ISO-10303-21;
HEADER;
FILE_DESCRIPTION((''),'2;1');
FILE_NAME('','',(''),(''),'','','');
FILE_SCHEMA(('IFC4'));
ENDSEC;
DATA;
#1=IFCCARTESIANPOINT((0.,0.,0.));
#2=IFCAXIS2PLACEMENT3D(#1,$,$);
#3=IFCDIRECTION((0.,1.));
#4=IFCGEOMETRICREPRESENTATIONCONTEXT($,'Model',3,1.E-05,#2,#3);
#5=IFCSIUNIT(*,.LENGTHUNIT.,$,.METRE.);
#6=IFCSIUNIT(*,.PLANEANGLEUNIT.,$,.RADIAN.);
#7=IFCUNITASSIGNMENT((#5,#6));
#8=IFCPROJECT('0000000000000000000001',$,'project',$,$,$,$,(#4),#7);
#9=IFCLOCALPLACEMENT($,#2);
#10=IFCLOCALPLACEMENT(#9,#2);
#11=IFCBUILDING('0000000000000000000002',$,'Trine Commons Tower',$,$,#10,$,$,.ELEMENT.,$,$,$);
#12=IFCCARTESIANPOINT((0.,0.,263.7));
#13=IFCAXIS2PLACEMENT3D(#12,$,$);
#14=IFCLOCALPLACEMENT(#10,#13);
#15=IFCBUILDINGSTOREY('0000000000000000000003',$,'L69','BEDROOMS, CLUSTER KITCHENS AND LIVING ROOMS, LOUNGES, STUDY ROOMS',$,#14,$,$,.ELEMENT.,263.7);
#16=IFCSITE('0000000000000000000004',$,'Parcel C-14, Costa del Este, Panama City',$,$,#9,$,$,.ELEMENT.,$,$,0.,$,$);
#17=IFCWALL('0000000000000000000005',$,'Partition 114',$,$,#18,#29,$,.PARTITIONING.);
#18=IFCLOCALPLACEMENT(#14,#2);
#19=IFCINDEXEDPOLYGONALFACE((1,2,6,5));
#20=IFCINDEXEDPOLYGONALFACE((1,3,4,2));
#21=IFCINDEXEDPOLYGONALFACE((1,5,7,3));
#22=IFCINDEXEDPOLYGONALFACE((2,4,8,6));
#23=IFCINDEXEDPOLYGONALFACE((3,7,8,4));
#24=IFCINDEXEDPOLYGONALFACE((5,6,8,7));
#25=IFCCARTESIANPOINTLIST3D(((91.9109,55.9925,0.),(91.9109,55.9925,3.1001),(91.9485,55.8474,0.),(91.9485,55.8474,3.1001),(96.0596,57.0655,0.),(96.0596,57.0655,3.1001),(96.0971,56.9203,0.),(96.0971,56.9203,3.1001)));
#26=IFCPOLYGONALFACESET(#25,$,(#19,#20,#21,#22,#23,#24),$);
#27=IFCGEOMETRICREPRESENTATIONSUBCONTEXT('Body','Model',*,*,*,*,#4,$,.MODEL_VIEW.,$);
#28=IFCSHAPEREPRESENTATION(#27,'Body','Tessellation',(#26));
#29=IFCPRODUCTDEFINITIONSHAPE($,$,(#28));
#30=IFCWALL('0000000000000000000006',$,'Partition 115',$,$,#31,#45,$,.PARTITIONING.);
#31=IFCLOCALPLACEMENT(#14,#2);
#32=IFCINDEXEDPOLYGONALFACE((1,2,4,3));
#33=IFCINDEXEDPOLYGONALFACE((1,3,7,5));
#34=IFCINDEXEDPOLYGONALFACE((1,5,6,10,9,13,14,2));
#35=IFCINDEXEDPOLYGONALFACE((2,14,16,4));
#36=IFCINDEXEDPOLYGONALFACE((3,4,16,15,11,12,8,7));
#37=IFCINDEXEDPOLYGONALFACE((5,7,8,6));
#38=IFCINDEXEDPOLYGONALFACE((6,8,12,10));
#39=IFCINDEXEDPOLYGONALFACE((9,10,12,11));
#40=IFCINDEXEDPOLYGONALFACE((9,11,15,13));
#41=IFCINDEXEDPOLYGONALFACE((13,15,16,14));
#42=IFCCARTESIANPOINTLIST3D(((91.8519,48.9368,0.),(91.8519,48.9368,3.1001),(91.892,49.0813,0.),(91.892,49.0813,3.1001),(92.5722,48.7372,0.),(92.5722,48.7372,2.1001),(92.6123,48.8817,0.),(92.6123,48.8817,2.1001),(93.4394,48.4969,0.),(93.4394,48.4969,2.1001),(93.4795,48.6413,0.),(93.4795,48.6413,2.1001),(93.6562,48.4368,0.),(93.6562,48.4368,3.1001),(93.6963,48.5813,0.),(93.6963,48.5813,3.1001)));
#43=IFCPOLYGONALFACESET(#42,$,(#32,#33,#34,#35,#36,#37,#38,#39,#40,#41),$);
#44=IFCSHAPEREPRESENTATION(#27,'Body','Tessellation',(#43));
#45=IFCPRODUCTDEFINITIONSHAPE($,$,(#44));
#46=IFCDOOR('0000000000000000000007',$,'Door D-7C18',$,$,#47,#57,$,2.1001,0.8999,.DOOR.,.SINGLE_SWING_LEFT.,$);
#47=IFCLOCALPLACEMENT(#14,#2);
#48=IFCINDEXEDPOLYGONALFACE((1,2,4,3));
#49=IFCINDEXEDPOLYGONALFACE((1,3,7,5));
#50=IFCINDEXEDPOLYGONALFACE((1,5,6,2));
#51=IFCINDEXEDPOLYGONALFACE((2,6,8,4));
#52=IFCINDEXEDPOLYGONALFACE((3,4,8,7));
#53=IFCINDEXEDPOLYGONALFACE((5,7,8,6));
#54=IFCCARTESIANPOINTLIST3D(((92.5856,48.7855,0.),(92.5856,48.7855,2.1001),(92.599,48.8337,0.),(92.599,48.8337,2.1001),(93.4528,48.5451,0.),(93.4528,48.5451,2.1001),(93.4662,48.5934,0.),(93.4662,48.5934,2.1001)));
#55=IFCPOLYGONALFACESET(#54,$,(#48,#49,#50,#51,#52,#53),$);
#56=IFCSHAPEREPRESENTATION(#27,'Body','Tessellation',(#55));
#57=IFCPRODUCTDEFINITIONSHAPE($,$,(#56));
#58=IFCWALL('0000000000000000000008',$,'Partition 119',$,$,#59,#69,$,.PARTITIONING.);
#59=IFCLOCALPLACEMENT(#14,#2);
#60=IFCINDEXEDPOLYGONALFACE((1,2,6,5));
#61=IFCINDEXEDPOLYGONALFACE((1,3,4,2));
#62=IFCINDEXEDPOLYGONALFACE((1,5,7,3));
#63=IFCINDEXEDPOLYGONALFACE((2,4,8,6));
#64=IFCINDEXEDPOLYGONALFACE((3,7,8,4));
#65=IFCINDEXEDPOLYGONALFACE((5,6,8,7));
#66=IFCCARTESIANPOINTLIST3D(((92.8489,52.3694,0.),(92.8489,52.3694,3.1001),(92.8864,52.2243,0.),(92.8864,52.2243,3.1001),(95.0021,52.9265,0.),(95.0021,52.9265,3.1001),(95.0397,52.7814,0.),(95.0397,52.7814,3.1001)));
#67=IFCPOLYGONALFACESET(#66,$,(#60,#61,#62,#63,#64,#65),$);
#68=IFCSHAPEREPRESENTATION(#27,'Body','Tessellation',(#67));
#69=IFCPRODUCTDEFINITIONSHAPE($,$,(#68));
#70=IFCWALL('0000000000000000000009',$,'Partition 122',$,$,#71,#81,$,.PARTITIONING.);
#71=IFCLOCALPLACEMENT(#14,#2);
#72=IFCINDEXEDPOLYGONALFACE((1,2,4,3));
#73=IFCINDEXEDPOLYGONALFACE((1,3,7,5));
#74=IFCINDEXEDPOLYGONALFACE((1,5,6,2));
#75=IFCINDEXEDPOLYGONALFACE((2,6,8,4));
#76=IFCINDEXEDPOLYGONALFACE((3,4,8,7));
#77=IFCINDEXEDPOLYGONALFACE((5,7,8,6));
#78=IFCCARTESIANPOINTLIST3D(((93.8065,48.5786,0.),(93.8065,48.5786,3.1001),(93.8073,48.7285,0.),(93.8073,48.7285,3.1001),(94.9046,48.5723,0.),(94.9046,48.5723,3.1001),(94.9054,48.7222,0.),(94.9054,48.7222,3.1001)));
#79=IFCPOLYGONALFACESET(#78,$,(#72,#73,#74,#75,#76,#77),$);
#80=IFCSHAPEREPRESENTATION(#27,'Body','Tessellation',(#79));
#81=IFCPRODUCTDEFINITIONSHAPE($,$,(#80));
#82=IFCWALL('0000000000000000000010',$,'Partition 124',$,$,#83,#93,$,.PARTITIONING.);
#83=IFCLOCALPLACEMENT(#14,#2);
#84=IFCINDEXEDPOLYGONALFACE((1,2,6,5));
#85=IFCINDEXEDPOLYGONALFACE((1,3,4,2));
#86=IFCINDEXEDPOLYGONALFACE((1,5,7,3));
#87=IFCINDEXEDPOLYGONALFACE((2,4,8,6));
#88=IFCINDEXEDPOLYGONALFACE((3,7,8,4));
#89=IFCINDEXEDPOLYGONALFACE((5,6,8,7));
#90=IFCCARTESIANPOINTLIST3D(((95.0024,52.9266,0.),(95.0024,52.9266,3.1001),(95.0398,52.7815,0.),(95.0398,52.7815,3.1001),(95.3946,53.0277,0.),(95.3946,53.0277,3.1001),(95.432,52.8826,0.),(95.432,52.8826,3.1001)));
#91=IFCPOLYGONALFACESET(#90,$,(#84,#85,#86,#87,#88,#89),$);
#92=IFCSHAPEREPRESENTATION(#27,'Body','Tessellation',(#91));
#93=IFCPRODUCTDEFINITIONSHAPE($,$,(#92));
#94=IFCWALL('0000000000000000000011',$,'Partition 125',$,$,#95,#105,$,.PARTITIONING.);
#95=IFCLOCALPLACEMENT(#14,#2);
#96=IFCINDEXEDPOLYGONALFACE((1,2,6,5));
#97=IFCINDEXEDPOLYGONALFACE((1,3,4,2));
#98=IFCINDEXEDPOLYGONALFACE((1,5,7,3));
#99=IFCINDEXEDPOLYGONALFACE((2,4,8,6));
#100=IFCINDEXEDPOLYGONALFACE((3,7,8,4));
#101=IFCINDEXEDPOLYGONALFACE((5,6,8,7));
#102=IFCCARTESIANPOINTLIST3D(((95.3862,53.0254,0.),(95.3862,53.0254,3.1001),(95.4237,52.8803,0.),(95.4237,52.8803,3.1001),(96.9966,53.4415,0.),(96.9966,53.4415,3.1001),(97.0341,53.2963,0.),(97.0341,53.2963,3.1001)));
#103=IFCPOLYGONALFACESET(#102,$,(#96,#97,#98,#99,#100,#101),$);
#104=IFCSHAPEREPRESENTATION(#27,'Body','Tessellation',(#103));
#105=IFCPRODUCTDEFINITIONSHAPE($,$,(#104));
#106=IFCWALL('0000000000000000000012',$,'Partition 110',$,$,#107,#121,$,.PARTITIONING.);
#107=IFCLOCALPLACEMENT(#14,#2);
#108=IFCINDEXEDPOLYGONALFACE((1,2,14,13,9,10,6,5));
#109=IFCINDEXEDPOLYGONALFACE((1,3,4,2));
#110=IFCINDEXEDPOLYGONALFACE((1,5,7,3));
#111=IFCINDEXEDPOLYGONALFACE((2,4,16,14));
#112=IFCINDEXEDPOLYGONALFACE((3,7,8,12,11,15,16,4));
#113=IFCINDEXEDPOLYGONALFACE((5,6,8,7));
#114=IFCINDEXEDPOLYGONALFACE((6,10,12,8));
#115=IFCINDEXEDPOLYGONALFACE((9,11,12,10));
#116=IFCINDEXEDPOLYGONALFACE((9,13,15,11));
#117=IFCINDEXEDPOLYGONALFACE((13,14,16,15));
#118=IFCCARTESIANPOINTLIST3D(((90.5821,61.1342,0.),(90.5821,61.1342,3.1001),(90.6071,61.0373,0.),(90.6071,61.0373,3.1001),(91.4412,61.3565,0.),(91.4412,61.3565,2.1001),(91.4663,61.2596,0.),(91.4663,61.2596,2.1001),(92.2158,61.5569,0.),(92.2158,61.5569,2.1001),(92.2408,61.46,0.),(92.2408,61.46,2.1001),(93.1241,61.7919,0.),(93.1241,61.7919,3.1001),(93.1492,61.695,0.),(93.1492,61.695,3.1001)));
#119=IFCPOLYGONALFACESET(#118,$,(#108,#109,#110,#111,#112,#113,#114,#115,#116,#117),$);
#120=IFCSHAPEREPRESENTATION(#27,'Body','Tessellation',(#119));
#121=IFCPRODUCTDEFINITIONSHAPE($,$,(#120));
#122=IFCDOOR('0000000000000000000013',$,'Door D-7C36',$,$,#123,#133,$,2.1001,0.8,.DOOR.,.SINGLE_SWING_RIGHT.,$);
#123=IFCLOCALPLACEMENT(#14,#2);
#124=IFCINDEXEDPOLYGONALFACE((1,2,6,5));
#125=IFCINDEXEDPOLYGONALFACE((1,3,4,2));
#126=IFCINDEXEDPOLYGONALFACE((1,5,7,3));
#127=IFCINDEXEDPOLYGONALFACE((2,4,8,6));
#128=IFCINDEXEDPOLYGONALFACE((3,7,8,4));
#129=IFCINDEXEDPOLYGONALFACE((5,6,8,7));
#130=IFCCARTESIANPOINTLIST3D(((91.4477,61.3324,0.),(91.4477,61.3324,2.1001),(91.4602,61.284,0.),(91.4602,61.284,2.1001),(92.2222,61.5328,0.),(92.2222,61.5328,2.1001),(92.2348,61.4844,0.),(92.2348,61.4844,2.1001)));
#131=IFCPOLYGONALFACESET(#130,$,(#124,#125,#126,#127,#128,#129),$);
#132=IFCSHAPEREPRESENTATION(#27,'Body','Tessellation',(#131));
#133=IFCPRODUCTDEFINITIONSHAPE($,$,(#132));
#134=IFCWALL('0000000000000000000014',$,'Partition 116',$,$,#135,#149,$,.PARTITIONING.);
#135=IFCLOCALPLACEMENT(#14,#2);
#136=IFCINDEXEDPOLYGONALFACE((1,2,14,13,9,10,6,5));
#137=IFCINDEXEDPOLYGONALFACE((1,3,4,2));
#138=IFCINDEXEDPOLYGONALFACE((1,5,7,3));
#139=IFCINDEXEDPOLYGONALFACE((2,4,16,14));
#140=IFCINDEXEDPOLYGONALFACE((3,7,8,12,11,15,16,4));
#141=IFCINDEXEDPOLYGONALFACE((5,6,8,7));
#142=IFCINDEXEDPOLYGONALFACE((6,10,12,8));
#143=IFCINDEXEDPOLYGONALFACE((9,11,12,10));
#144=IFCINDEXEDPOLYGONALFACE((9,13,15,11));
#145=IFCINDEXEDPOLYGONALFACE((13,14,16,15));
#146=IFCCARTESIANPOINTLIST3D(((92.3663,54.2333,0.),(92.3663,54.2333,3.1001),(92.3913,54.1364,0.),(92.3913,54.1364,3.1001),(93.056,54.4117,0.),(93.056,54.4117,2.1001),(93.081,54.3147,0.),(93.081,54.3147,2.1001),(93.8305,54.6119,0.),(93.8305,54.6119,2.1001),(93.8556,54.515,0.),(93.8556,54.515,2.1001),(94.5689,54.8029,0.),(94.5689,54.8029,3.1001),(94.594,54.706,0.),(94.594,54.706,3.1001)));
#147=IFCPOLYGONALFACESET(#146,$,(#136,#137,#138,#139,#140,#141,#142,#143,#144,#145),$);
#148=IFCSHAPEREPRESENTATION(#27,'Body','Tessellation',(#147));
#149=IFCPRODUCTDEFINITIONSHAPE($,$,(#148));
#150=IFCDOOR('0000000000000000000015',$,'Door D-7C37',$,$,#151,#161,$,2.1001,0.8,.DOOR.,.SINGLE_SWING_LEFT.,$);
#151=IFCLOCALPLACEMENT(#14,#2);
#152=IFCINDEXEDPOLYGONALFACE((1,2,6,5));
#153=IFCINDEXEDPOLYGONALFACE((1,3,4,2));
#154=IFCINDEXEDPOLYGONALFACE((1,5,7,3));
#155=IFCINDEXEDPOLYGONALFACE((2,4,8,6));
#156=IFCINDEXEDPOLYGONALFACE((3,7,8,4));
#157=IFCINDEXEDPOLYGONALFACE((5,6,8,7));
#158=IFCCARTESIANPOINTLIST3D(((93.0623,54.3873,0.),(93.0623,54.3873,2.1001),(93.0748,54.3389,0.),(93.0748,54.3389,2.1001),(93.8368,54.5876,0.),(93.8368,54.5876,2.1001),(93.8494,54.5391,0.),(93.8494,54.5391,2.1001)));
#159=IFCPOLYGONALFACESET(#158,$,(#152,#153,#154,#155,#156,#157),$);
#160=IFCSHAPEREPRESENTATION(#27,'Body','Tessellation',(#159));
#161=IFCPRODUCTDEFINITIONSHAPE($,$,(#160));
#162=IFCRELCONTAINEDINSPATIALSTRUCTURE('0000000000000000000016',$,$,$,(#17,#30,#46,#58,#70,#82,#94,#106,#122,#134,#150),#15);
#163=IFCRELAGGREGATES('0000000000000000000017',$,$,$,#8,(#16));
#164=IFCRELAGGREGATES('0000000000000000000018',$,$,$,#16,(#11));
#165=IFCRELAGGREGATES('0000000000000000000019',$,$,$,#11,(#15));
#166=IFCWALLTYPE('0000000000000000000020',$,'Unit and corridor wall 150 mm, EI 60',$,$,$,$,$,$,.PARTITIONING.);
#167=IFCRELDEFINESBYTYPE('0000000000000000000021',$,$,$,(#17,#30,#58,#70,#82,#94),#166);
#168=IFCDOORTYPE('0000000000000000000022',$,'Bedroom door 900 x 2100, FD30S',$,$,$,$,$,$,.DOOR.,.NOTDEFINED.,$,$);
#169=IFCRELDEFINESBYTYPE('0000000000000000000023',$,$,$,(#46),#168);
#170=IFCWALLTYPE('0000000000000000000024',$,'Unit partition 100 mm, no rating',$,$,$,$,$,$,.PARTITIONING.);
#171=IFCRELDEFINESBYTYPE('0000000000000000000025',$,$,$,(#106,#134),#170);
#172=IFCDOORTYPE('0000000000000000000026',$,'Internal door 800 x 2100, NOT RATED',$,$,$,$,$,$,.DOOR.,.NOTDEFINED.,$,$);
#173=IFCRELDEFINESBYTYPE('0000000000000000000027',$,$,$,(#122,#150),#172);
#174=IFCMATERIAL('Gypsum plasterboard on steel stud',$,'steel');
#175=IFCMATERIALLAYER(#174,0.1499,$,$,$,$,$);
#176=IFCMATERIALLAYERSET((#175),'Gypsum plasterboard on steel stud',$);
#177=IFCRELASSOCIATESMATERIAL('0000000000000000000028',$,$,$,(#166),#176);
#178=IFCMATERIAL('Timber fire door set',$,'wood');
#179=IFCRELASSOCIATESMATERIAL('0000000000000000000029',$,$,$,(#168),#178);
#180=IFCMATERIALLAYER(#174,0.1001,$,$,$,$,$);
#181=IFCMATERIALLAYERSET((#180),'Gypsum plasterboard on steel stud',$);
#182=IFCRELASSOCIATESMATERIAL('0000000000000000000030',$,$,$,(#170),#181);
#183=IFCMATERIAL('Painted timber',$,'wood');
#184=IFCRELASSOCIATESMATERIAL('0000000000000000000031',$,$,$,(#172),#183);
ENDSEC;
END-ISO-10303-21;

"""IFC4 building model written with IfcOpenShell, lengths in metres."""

from ifc_helpers import new_model, si_unit, direction, frame, frame_2d, origin, place, context, subcontext, project, spatial, rectangle, extrude, material, layer, layer_set, type_object, element, fill, save


model = new_model("IFC4")

# Units and contexts
model_context = context("Model", 3, precision=1e-05, world=origin(), true_north=direction((0.0, 1.0)))
body_context = subcontext(model_context, "Body", "Model", "MODEL_VIEW")
ifc_project = project(units=[si_unit("LENGTHUNIT", "METRE"), si_unit("PLANEANGLEUNIT", "RADIAN")], contexts=[model_context])

# Site, building, storey
site_placement = place(None, origin())
site = spatial("IfcSite", under=ifc_project, at=site_placement, Name="Parcel C-14, Costa del Este, Panama City", CompositionType="ELEMENT", RefElevation=0.0)
building_placement = place(site_placement, origin())
building = spatial("IfcBuilding", under=site, at=building_placement, Name="Trine Commons Tower", CompositionType="ELEMENT")
storey_placement = place(building_placement, frame((0.0, 0.0, 263.7)))
storey = spatial("IfcBuildingStorey", under=building, at=storey_placement, Name="L69", Description="BEDROOMS, CLUSTER KITCHENS AND LIVING ROOMS, LOUNGES, STUDY ROOMS", CompositionType="ELEMENT", Elevation=263.7)

# Wall
ifc_material_1 = material(Name="Gypsum plasterboard on steel stud", Category="steel")
ifc_layer_1 = layer(ifc_material_1, 0.1499)
ifc_layer_set_1 = layer_set([ifc_layer_1], Name="Gypsum plasterboard on steel stud")
wall_type_1 = type_object("IfcWallType", Name="Unit and corridor wall 150 mm, EI 60", PredefinedType="PARTITIONING", material=ifc_layer_set_1)
wall_1_placement = place(storey_placement, frame((91.9297, 55.9199, 0.0), z_axis=(0.0, 0.0, 1.0), x_axis=(0.968143, 0.250397, 0.0)))
element("IfcWall", 1, at=wall_1_placement, inside=storey, type_object=wall_type_1, Name="Partition 114", PredefinedType="PARTITIONING", context=body_context, shape_type="SweptSolid", body=[
    extrude(rectangle(XDim=4.2852, YDim=0.1499, at=frame_2d((2.1426, 0.0))), origin(), (0.0, 0.0, 1.0), 3.1001),
])

# Wall, opening, door
wall_2_placement = place(storey_placement, frame((91.8721, 49.009, 0.0), z_axis=(0.0, 0.0, 1.0), x_axis=(0.963678, -0.267065, 0.0)))
wall_2 = element("IfcWall", 2, at=wall_2_placement, inside=storey, type_object=wall_type_1, Name="Partition 115", PredefinedType="PARTITIONING", context=body_context, shape_type="SweptSolid", body=[
    extrude(rectangle(XDim=1.8723, YDim=0.1499, at=frame_2d((0.936, 0.0))), origin(), (0.0, 0.0, 1.0), 3.1001),
])
opening_1_placement = place(wall_2_placement, frame((0.7473, 0.0, 0.0)))
opening_1 = element("IfcOpeningElement", 3, at=opening_1_placement, cuts=wall_2, PredefinedType="OPENING", context=body_context, shape_type="SweptSolid", body=[
    extrude(rectangle(XDim=0.8999, YDim=2.1001, at=frame_2d((0.45, 1.05))), frame((0.0, 0.085, 0.0), z_axis=(0.0, -1.0, 0.0), x_axis=(1.0, 0.0, 0.0)), (0.0, 0.0, 1.0), 0.1699),
])
ifc_material_2 = material(Name="Timber fire door set", Category="wood")
door_type_1 = type_object("IfcDoorType", Name="Bedroom door 900 x 2100, FD30S", OperationType="NOTDEFINED", PredefinedType="DOOR", material=ifc_material_2)
door_1_placement = place(opening_1_placement, frame((0.8999, 0.0, 0.0), z_axis=(0.0, 0.0, 1.0), x_axis=(-1.0, 0.0, 0.0)))
door_1 = element("IfcDoor", 4, at=door_1_placement, inside=storey, type_object=door_type_1, Name="Door D-7C18", OperationType="SINGLE_SWING_LEFT", OverallHeight=2.1001, OverallWidth=0.8999, PredefinedType="DOOR", context=body_context, shape_type="SweptSolid", body=[
    extrude(rectangle(XDim=0.8999, YDim=2.1001, at=frame_2d((0.45, 1.05))), frame((0.0, 0.0249, 0.0), z_axis=(0.0, -1.0, 0.0), x_axis=(1.0, 0.0, 0.0)), (0.0, 0.0, 1.0), 0.05),
])
fill(opening_1, door_1)

# Walls
wall_3_placement = place(storey_placement, frame((92.8677, 52.2969, 0.0), z_axis=(0.0, 0.0, 1.0), x_axis=(0.968121, 0.250482, 0.0)))
element("IfcWall", 5, at=wall_3_placement, inside=storey, type_object=wall_type_1, Name="Partition 119", PredefinedType="PARTITIONING", context=body_context, shape_type="SweptSolid", body=[
    extrude(rectangle(XDim=2.2241, YDim=0.1499, at=frame_2d((1.1121, 0.0))), origin(), (0.0, 0.0, 1.0), 3.1001),
])
wall_4_placement = place(storey_placement, frame((93.8069, 48.6536, 0.0), z_axis=(0.0, 0.0, 1.0), x_axis=(0.999983, -0.00578, 0.0)))
element("IfcWall", 6, at=wall_4_placement, inside=storey, type_object=wall_type_1, Name="Partition 122", PredefinedType="PARTITIONING", context=body_context, shape_type="SweptSolid", body=[
    extrude(rectangle(XDim=1.0981, YDim=0.1499, at=frame_2d((0.5491, 0.0))), origin(), (0.0, 0.0, 1.0), 3.1001),
])
wall_5_placement = place(storey_placement, frame((95.021, 52.854, 0.0), z_axis=(0.0, 0.0, 1.0), x_axis=(0.968343, 0.249623, 0.0)))
element("IfcWall", 7, at=wall_5_placement, inside=storey, type_object=wall_type_1, Name="Partition 124", PredefinedType="PARTITIONING", context=body_context, shape_type="SweptSolid", body=[
    extrude(rectangle(XDim=0.405, YDim=0.1499, at=frame_2d((0.2026, 0.0))), origin(), (0.0, 0.0, 1.0), 3.1001),
])
wall_6_placement = place(storey_placement, frame((95.405, 52.9529, 0.0), z_axis=(0.0, 0.0, 1.0), x_axis=(0.968213, 0.250127, 0.0)))
element("IfcWall", 8, at=wall_6_placement, inside=storey, type_object=wall_type_1, Name="Partition 125", PredefinedType="PARTITIONING", context=body_context, shape_type="SweptSolid", body=[
    extrude(rectangle(XDim=1.6633, YDim=0.1499, at=frame_2d((0.8315, 0.0))), origin(), (0.0, 0.0, 1.0), 3.1001),
])

# Walls, openings, doors
ifc_layer_2 = layer(ifc_material_1, 0.1001)
ifc_layer_set_2 = layer_set([ifc_layer_2], Name="Gypsum plasterboard on steel stud")
wall_type_2 = type_object("IfcWallType", Name="Unit partition 100 mm, no rating", PredefinedType="PARTITIONING", material=ifc_layer_set_2)
wall_7_placement = place(storey_placement, frame((90.5945, 61.0857, 0.0), z_axis=(0.0, 0.0, 1.0), x_axis=(0.968119, 0.250491, 0.0)))
wall_7 = element("IfcWall", 9, at=wall_7_placement, inside=storey, type_object=wall_type_2, Name="Partition 110", PredefinedType="PARTITIONING", context=body_context, shape_type="SweptSolid", body=[
    extrude(rectangle(XDim=2.6257, YDim=0.1001, at=frame_2d((1.313, 0.0))), origin(), (0.0, 0.0, 1.0), 3.1001),
])
opening_2_placement = place(wall_7_placement, frame((0.8877, 0.0, 0.0)))
opening_2 = element("IfcOpeningElement", 10, at=opening_2_placement, cuts=wall_7, PredefinedType="OPENING", context=body_context, shape_type="SweptSolid", body=[
    extrude(rectangle(XDim=0.8, YDim=2.1001, at=frame_2d((0.3999, 1.05))), frame((0.0, 0.0601, 0.0), z_axis=(0.0, -1.0, 0.0), x_axis=(1.0, 0.0, 0.0)), (0.0, 0.0, 1.0), 0.1201),
])
ifc_material_3 = material(Name="Painted timber", Category="wood")
door_type_2 = type_object("IfcDoorType", Name="Internal door 800 x 2100, NOT RATED", OperationType="NOTDEFINED", PredefinedType="DOOR", material=ifc_material_3)
door_2_placement = place(opening_2_placement, frame((0.8, 0.0, 0.0), z_axis=(0.0, 0.0, 1.0), x_axis=(-1.0, 0.0, 0.0)))
door_2 = element("IfcDoor", 11, at=door_2_placement, inside=storey, type_object=door_type_2, Name="Door D-7C36", OperationType="SINGLE_SWING_RIGHT", OverallHeight=2.1001, OverallWidth=0.8, PredefinedType="DOOR", context=body_context, shape_type="SweptSolid", body=[
    extrude(rectangle(XDim=0.8, YDim=2.1001, at=frame_2d((0.3999, 1.05))), frame((0.0, 0.0249, 0.0), z_axis=(0.0, -1.0, 0.0), x_axis=(1.0, 0.0, 0.0)), (0.0, 0.0, 1.0), 0.05),
])
fill(opening_2, door_2)
wall_8_placement = place(storey_placement, frame((92.3787, 54.1848, 0.0), z_axis=(0.0, 0.0, 1.0), x_axis=(0.968154, 0.250355, 0.0)))
wall_8 = element("IfcWall", 12, at=wall_8_placement, inside=storey, type_object=wall_type_2, Name="Partition 116", PredefinedType="PARTITIONING", context=body_context, shape_type="SweptSolid", body=[
    extrude(rectangle(XDim=2.2751, YDim=0.1001, at=frame_2d((1.1377, 0.0))), origin(), (0.0, 0.0, 1.0), 3.1001),
])
opening_3_placement = place(wall_8_placement, frame((0.7126, 0.0, 0.0)))
opening_3 = element("IfcOpeningElement", 13, at=opening_3_placement, cuts=wall_8, PredefinedType="OPENING", context=body_context, shape_type="SweptSolid", body=[
    extrude(rectangle(XDim=0.8, YDim=2.1001, at=frame_2d((0.3999, 1.05))), frame((0.0, 0.0601, 0.0), z_axis=(0.0, -1.0, 0.0), x_axis=(1.0, 0.0, 0.0)), (0.0, 0.0, 1.0), 0.1201),
])
door_3_placement = place(opening_3_placement, origin())
door_3 = element("IfcDoor", 14, at=door_3_placement, inside=storey, type_object=door_type_2, Name="Door D-7C37", OperationType="SINGLE_SWING_LEFT", OverallHeight=2.1001, OverallWidth=0.8, PredefinedType="DOOR", context=body_context, shape_type="SweptSolid", body=[
    extrude(rectangle(XDim=0.8, YDim=2.1001, at=frame_2d((0.3999, 1.05))), frame((0.0, 0.0249, 0.0), z_axis=(0.0, -1.0, 0.0), x_axis=(1.0, 0.0, 0.0)), (0.0, 0.0, 1.0), 0.05),
])
fill(opening_3, door_3)

save(model, "model.ifc")
